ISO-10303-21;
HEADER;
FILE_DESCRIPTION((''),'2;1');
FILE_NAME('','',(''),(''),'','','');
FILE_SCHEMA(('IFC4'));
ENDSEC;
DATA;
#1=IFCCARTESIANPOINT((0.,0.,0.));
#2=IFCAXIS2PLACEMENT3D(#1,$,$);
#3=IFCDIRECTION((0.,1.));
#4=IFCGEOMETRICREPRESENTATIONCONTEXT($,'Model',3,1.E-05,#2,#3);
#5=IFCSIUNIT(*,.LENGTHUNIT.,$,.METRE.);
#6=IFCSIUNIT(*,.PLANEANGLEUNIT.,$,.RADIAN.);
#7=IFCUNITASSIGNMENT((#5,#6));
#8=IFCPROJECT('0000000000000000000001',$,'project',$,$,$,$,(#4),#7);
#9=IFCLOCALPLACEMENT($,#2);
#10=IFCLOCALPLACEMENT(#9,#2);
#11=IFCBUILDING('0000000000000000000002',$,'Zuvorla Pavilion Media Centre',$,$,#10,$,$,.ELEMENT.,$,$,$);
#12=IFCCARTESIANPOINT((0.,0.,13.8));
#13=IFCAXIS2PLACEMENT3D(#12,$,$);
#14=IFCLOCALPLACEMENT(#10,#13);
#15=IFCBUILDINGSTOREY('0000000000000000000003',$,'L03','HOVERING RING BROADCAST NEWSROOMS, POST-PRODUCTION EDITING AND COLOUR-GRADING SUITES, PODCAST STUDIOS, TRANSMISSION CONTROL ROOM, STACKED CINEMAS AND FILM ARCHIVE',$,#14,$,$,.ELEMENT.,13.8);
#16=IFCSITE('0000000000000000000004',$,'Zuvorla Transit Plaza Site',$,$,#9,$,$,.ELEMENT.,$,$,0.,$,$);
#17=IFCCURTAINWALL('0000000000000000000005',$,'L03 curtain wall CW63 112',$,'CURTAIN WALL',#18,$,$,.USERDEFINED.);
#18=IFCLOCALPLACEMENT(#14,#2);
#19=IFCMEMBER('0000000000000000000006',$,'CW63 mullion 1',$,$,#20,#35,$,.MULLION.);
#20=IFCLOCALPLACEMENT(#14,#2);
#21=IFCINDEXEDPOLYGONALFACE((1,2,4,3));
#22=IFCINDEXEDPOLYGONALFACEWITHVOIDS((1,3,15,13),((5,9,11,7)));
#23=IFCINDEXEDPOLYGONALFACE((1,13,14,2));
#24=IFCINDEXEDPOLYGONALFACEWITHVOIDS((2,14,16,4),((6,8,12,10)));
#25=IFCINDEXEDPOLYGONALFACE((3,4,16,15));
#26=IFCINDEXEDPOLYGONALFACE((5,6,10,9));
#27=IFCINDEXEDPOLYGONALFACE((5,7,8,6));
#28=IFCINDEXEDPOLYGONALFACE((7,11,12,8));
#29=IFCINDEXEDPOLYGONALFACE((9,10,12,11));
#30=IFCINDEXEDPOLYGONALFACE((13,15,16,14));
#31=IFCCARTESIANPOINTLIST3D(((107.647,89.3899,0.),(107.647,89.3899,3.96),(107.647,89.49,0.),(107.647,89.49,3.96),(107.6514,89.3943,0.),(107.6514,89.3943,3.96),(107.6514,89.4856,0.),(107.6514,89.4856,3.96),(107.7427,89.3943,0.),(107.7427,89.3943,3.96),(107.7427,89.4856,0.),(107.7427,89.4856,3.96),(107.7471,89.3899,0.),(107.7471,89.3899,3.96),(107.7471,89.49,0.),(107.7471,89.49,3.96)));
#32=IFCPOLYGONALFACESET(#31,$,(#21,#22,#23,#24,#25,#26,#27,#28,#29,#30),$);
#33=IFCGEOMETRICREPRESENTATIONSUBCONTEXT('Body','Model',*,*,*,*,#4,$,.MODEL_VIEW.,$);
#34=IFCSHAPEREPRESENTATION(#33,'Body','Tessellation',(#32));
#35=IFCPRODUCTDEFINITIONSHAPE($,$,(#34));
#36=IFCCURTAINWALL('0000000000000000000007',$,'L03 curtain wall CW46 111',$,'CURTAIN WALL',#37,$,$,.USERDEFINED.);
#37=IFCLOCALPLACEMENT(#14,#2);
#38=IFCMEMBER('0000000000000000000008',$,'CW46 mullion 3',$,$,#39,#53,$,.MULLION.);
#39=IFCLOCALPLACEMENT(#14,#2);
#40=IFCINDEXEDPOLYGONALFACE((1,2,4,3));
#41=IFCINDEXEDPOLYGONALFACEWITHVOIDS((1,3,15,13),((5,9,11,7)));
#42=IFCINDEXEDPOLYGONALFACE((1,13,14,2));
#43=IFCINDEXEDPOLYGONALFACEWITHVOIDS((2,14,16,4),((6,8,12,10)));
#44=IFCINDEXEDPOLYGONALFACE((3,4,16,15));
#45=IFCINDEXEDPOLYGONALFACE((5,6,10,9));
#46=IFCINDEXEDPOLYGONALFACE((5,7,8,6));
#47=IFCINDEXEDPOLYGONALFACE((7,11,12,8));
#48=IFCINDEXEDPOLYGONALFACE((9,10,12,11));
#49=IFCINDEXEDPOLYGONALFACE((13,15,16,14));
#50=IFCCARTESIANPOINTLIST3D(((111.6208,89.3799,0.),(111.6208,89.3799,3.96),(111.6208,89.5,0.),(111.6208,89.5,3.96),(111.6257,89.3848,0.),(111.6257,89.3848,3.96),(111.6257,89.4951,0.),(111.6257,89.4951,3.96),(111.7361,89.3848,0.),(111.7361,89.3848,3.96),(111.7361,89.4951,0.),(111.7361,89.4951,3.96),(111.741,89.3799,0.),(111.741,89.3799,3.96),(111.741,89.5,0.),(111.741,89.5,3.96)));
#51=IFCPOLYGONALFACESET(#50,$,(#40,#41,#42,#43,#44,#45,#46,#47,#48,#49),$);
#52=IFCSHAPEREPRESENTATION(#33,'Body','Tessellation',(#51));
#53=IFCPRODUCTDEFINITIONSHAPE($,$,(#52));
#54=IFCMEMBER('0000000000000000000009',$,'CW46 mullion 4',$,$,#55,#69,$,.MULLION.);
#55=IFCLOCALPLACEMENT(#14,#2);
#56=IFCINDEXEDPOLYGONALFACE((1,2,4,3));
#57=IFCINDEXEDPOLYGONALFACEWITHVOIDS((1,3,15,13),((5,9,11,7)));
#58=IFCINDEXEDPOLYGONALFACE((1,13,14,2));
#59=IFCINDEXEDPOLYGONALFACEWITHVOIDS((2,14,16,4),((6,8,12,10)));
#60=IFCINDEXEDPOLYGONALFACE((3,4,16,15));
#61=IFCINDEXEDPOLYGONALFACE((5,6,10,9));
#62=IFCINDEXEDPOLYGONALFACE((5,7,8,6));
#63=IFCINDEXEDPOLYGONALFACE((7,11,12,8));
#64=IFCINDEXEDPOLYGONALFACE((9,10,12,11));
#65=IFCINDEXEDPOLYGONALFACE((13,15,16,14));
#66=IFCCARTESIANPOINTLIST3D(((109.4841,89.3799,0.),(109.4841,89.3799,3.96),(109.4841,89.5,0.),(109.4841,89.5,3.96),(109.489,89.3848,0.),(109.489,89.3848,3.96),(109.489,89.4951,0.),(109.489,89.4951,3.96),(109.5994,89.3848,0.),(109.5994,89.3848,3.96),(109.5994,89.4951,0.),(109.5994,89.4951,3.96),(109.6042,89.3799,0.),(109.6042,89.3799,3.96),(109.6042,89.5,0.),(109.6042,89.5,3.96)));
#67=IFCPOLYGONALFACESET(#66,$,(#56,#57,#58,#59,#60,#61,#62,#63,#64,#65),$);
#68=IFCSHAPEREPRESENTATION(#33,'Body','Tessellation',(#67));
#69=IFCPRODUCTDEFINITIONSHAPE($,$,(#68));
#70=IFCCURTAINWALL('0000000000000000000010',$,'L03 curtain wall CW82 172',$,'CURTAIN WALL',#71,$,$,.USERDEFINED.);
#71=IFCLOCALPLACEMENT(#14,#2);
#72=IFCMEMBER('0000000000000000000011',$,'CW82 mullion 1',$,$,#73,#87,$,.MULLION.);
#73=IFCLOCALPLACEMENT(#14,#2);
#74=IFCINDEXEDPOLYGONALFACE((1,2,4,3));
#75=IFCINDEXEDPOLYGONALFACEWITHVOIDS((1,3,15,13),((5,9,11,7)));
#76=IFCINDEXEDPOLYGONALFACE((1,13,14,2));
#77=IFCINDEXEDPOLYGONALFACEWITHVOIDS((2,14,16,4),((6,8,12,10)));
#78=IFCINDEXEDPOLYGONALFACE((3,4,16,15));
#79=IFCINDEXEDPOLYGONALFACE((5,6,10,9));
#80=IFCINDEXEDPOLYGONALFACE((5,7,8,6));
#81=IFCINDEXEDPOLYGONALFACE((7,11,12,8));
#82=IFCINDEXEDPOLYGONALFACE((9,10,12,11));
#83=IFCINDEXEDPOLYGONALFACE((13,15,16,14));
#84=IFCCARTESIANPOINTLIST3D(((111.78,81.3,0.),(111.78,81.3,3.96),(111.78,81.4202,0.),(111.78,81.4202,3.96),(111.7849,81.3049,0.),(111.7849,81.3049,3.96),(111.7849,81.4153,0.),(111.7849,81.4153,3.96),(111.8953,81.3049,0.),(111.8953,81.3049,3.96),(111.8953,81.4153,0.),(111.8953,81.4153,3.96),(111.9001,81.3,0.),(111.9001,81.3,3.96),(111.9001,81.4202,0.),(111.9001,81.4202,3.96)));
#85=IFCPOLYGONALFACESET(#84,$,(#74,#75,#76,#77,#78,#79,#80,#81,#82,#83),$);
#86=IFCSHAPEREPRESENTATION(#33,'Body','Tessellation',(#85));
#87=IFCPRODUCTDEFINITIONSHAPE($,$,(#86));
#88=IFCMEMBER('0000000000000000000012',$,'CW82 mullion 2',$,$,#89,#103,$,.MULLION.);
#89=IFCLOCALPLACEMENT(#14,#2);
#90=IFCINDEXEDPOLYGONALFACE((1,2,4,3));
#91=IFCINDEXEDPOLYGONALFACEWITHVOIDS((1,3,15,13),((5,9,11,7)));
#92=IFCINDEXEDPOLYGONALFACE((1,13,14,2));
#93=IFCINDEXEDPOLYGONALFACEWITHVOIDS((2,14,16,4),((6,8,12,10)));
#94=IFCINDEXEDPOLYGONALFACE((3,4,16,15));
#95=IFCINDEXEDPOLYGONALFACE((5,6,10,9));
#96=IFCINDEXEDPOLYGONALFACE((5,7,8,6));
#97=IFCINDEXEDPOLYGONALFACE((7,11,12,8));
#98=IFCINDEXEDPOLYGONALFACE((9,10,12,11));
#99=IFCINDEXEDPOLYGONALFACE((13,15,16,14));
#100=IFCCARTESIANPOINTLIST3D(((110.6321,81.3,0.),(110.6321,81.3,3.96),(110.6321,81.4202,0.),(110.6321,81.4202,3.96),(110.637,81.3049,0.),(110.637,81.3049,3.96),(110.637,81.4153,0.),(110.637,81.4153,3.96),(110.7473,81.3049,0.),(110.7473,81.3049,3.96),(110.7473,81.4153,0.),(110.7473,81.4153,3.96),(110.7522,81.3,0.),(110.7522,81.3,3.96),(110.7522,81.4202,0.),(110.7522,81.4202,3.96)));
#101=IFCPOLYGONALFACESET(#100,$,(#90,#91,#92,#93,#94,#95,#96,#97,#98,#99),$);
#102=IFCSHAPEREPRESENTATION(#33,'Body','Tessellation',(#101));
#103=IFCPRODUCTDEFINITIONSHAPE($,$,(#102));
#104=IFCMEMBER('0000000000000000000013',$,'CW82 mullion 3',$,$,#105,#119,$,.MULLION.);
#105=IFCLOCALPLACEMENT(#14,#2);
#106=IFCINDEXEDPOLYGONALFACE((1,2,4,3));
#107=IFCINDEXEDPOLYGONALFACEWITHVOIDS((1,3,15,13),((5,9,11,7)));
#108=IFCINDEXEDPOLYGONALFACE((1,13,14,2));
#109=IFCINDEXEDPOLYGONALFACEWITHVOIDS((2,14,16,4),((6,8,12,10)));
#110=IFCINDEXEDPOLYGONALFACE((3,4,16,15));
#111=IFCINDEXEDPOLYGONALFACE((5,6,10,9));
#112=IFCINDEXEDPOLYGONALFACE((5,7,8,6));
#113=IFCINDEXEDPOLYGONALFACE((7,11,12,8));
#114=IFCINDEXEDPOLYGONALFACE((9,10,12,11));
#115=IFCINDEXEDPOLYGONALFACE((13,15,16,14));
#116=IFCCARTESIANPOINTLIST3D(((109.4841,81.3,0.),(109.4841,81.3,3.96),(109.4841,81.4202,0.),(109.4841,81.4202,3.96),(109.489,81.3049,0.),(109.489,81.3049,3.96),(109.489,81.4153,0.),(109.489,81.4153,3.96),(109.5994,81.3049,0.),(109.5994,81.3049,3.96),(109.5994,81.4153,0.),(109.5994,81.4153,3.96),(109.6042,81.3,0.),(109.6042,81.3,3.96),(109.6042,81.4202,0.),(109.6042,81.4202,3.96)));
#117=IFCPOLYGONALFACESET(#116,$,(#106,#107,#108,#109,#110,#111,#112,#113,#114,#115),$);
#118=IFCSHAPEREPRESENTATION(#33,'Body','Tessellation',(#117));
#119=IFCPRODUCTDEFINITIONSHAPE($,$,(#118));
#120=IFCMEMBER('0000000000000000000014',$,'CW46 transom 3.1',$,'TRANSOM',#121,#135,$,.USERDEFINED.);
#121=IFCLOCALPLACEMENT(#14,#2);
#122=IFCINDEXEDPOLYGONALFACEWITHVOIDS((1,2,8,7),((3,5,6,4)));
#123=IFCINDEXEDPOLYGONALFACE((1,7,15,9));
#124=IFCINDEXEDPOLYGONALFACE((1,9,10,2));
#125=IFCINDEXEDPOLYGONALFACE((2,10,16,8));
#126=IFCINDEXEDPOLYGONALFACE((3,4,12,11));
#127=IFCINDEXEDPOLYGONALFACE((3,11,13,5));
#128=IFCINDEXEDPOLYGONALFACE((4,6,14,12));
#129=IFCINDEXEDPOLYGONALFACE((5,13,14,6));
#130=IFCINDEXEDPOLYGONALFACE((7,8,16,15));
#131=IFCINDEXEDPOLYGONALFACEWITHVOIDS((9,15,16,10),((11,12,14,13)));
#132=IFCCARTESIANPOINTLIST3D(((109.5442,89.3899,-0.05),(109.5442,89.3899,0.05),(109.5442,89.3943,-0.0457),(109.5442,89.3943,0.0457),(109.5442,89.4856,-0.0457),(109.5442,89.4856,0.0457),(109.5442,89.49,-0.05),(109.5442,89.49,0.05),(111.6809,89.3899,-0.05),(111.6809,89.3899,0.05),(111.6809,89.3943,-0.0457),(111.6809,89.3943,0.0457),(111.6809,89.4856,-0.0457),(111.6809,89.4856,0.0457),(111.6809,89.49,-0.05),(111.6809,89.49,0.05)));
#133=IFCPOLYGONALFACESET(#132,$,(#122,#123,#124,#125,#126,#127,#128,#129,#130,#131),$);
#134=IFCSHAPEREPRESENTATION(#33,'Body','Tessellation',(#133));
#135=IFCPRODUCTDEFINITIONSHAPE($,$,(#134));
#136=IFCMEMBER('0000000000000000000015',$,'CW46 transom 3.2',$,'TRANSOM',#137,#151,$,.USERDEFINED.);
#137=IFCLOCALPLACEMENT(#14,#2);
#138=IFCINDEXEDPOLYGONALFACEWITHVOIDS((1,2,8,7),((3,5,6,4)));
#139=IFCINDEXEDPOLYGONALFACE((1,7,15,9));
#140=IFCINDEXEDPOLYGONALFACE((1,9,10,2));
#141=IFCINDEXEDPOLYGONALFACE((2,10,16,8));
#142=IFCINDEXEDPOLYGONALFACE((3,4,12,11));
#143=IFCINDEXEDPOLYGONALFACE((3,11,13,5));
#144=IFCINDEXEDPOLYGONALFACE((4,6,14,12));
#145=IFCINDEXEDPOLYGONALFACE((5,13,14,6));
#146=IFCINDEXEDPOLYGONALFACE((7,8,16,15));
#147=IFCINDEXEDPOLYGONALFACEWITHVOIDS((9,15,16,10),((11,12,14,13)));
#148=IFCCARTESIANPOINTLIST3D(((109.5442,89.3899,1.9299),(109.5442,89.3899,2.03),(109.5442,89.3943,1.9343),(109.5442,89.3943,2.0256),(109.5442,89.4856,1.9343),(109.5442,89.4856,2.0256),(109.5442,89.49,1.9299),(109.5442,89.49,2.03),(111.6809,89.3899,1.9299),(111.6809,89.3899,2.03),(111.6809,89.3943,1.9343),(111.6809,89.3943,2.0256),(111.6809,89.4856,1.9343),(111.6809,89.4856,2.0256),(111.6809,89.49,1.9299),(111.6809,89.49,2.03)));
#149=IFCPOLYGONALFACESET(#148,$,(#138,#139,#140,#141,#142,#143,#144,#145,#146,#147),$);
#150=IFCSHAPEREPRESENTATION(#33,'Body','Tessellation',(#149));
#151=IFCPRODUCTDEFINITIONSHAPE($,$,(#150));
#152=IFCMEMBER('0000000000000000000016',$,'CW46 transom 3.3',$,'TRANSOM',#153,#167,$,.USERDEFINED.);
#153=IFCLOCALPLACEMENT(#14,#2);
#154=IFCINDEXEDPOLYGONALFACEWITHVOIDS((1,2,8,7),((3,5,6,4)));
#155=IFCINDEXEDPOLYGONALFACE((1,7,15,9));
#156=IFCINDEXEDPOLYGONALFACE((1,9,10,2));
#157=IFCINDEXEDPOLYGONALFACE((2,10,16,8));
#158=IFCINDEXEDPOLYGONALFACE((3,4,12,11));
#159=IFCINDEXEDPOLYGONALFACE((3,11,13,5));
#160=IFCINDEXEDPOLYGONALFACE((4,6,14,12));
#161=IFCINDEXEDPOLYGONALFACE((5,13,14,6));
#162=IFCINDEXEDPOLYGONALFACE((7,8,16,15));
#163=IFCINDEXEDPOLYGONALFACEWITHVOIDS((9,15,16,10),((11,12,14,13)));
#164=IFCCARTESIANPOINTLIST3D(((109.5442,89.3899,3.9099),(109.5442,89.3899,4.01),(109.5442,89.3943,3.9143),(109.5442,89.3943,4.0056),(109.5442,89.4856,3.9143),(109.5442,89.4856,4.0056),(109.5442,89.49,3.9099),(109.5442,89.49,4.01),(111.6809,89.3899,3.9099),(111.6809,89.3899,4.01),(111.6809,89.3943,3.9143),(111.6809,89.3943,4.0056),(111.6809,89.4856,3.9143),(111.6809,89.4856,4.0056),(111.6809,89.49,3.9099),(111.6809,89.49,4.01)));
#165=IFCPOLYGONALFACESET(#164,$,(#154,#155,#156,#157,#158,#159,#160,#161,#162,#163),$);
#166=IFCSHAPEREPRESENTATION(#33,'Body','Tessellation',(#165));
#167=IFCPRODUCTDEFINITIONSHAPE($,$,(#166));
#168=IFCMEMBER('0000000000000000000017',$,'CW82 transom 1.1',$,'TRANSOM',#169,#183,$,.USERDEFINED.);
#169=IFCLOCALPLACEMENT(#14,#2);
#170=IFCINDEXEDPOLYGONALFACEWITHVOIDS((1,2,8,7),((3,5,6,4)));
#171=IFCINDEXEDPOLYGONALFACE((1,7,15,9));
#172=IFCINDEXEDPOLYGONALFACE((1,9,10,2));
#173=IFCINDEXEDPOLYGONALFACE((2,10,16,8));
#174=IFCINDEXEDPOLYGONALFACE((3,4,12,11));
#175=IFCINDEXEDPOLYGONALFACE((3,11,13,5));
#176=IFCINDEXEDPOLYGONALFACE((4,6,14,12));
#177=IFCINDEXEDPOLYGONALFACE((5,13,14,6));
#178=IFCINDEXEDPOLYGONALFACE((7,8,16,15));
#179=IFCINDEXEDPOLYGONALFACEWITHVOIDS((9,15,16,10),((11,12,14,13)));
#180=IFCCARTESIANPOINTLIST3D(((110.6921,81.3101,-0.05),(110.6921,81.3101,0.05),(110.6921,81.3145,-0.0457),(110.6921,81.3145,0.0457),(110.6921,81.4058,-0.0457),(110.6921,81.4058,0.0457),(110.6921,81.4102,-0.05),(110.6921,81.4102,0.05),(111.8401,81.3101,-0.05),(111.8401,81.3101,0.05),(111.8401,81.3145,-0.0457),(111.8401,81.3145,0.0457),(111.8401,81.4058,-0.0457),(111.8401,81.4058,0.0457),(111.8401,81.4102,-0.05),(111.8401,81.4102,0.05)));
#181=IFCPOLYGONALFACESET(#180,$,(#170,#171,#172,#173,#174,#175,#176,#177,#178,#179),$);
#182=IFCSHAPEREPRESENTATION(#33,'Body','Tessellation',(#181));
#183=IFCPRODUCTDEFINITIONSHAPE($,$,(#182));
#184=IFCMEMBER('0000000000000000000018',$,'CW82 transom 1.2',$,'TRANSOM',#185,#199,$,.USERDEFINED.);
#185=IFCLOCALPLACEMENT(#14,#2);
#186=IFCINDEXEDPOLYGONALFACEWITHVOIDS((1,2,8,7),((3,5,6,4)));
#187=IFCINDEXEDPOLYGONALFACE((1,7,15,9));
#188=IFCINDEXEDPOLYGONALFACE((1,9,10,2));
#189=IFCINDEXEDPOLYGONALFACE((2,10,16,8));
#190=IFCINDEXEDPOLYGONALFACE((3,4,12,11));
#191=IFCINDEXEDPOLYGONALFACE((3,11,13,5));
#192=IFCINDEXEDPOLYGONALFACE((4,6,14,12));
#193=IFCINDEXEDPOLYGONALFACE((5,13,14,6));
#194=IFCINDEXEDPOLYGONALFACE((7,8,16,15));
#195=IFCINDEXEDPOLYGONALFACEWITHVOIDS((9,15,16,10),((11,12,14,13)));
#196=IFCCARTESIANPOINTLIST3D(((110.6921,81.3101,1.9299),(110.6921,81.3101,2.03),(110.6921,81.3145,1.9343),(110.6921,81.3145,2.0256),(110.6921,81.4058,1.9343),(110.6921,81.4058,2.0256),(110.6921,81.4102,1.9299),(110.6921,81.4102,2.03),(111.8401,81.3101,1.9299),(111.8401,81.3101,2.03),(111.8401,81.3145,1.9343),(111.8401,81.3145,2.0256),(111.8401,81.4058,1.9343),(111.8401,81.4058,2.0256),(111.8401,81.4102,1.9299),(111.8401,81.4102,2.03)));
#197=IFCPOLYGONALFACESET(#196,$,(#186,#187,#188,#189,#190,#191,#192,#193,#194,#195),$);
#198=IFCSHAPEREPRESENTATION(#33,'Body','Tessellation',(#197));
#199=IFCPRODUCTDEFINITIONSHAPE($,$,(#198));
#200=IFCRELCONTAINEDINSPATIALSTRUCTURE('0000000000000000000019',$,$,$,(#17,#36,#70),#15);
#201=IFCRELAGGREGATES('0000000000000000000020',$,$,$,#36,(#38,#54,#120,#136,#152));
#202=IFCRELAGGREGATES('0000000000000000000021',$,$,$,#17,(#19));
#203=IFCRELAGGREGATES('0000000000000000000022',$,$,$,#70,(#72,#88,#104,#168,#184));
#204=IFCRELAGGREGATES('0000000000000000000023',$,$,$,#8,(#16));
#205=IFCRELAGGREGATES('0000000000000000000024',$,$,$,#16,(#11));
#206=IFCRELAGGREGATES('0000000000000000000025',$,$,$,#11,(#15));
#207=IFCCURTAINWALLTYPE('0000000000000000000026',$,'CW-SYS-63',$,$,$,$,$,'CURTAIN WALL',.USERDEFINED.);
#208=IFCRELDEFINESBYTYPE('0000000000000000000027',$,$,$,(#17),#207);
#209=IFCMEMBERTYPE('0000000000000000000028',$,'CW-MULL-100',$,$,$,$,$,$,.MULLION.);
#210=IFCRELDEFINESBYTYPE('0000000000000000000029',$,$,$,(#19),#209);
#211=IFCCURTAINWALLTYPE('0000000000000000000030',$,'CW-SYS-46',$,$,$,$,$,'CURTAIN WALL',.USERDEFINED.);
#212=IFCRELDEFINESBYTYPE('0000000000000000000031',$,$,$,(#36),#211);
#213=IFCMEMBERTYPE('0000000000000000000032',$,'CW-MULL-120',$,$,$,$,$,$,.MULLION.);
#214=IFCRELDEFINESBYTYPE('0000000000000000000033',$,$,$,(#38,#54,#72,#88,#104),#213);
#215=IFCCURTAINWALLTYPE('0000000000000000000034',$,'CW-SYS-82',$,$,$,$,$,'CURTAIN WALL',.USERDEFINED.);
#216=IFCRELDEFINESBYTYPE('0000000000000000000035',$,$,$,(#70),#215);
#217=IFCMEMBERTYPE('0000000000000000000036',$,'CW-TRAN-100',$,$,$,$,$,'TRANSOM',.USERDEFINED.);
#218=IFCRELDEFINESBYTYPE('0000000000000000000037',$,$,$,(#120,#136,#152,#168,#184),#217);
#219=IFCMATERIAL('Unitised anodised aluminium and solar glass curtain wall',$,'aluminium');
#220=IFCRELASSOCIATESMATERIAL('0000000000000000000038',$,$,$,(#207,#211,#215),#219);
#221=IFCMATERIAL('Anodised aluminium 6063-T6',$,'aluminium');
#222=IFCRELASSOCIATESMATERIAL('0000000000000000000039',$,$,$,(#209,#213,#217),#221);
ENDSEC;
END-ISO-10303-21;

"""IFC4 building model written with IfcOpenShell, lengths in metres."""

from ifc_helpers import new_model, si_unit, direction, frame, origin, origin_2d, place, context, subcontext, project, spatial, hollow_rectangle, extrude, material, material_profile, profile_set, type_object, element, aggregate, save


model = new_model("IFC4")

# Units and contexts
model_context = context("Model", 3, precision=1e-05, world=origin(), true_north=direction((0.0, 1.0)))
body_context = subcontext(model_context, "Body", "Model", "MODEL_VIEW")
ifc_project = project(units=[si_unit("LENGTHUNIT", "METRE"), si_unit("PLANEANGLEUNIT", "RADIAN")], contexts=[model_context])

# Site, building, storey
site_placement = place(None, origin())
site = spatial("IfcSite", under=ifc_project, at=site_placement, Name="Zuvorla Transit Plaza Site", CompositionType="ELEMENT", RefElevation=0.0)
building_placement = place(site_placement, origin())
building = spatial("IfcBuilding", under=site, at=building_placement, Name="Zuvorla Pavilion Media Centre", CompositionType="ELEMENT")
storey_placement = place(building_placement, frame((0.0, 0.0, 13.8)))
storey = spatial("IfcBuildingStorey", under=building, at=storey_placement, Name="L03", Description="HOVERING RING BROADCAST NEWSROOMS, POST-PRODUCTION EDITING AND COLOUR-GRADING SUITES, PODCAST STUDIOS, TRANSMISSION CONTROL ROOM, STACKED CINEMAS AND FILM ARCHIVE", CompositionType="ELEMENT", Elevation=13.8)

# Curtain wall, member
ifc_material_1 = material(Name="Unitised anodised aluminium and solar glass curtain wall", Category="aluminium")
curtain_wall_type_1 = type_object("IfcCurtainWallType", Name="CW-SYS-63", ElementType="CURTAIN WALL", PredefinedType="USERDEFINED", material=ifc_material_1)
curtain_wall_1_placement = place(storey_placement, origin())
curtain_wall_1 = element("IfcCurtainWall", 1, at=curtain_wall_1_placement, inside=storey, type_object=curtain_wall_type_1, Name="L03 curtain wall CW63 112", ObjectType="CURTAIN WALL", PredefinedType="USERDEFINED")
ifc_material_2 = material(Name="Anodised aluminium 6063-T6", Category="aluminium")
ifc_material_profile_1 = material_profile(ifc_material_2, hollow_rectangle(XDim=0.1001, YDim=0.1001, WallThickness=0.0044, at=origin_2d()), Name="ALU MULL 100x100")
ifc_profile_set_1 = profile_set([ifc_material_profile_1], Name="Anodised aluminium 6063-T6")
member_type_1 = type_object("IfcMemberType", Name="CW-MULL-100", PredefinedType="MULLION", material=ifc_profile_set_1)
member_1_placement = place(storey_placement, frame((107.697, 89.4399, 0.0), z_axis=(0.0, 0.0, 1.0), x_axis=(1.0, 0.0, 0.0)))
member_1 = element("IfcMember", 2, at=member_1_placement, type_object=member_type_1, Name="CW63 mullion 1", PredefinedType="MULLION", context=body_context, shape_type="SweptSolid", body=[
    extrude(hollow_rectangle(XDim=0.1001, YDim=0.1001, WallThickness=0.0044, at=origin_2d()), origin(), (0.0, 0.0, 1.0), 3.96),
])

# Curtain walls, members
curtain_wall_type_2 = type_object("IfcCurtainWallType", Name="CW-SYS-46", ElementType="CURTAIN WALL", PredefinedType="USERDEFINED", material=ifc_material_1)
curtain_wall_2_placement = place(storey_placement, origin())
curtain_wall_2 = element("IfcCurtainWall", 3, at=curtain_wall_2_placement, inside=storey, type_object=curtain_wall_type_2, Name="L03 curtain wall CW46 111", ObjectType="CURTAIN WALL", PredefinedType="USERDEFINED")
ifc_material_profile_2 = material_profile(ifc_material_2, hollow_rectangle(XDim=0.1201, YDim=0.1201, WallThickness=0.0049, at=origin_2d()), Name="ALU MULL 120x120")
ifc_profile_set_2 = profile_set([ifc_material_profile_2], Name="Anodised aluminium 6063-T6")
member_type_2 = type_object("IfcMemberType", Name="CW-MULL-120", PredefinedType="MULLION", material=ifc_profile_set_2)
member_2_placement = place(storey_placement, frame((111.6809, 89.4399, 0.0), z_axis=(0.0, 0.0, 1.0), x_axis=(1.0, 0.0, 0.0)))
member_2 = element("IfcMember", 4, at=member_2_placement, type_object=member_type_2, Name="CW46 mullion 3", PredefinedType="MULLION", context=body_context, shape_type="SweptSolid", body=[
    extrude(hollow_rectangle(XDim=0.1201, YDim=0.1201, WallThickness=0.0049, at=origin_2d()), origin(), (0.0, 0.0, 1.0), 3.96),
])
member_3_placement = place(storey_placement, frame((109.5442, 89.4399, 0.0), z_axis=(0.0, 0.0, 1.0), x_axis=(1.0, 0.0, 0.0)))
member_3 = element("IfcMember", 5, at=member_3_placement, type_object=member_type_2, Name="CW46 mullion 4", PredefinedType="MULLION", context=body_context, shape_type="SweptSolid", body=[
    extrude(hollow_rectangle(XDim=0.1201, YDim=0.1201, WallThickness=0.0049, at=origin_2d()), origin(), (0.0, 0.0, 1.0), 3.96),
])
curtain_wall_type_3 = type_object("IfcCurtainWallType", Name="CW-SYS-82", ElementType="CURTAIN WALL", PredefinedType="USERDEFINED", material=ifc_material_1)
curtain_wall_3_placement = place(storey_placement, origin())
curtain_wall_3 = element("IfcCurtainWall", 6, at=curtain_wall_3_placement, inside=storey, type_object=curtain_wall_type_3, Name="L03 curtain wall CW82 172", ObjectType="CURTAIN WALL", PredefinedType="USERDEFINED")
member_4_placement = place(storey_placement, frame((111.8401, 81.3601, 0.0), z_axis=(0.0, 0.0, 1.0), x_axis=(1.0, 0.0, 0.0)))
member_4 = element("IfcMember", 7, at=member_4_placement, type_object=member_type_2, Name="CW82 mullion 1", PredefinedType="MULLION", context=body_context, shape_type="SweptSolid", body=[
    extrude(hollow_rectangle(XDim=0.1201, YDim=0.1201, WallThickness=0.0049, at=origin_2d()), origin(), (0.0, 0.0, 1.0), 3.96),
])
member_5_placement = place(storey_placement, frame((110.6921, 81.3601, 0.0), z_axis=(0.0, 0.0, 1.0), x_axis=(1.0, 0.0, 0.0)))
member_5 = element("IfcMember", 8, at=member_5_placement, type_object=member_type_2, Name="CW82 mullion 2", PredefinedType="MULLION", context=body_context, shape_type="SweptSolid", body=[
    extrude(hollow_rectangle(XDim=0.1201, YDim=0.1201, WallThickness=0.0049, at=origin_2d()), origin(), (0.0, 0.0, 1.0), 3.96),
])
member_6_placement = place(storey_placement, frame((109.5442, 81.3601, 0.0), z_axis=(0.0, 0.0, 1.0), x_axis=(1.0, 0.0, 0.0)))
member_6 = element("IfcMember", 9, at=member_6_placement, type_object=member_type_2, Name="CW82 mullion 3", PredefinedType="MULLION", context=body_context, shape_type="SweptSolid", body=[
    extrude(hollow_rectangle(XDim=0.1201, YDim=0.1201, WallThickness=0.0049, at=origin_2d()), origin(), (0.0, 0.0, 1.0), 3.96),
])

# Members
ifc_material_profile_3 = material_profile(ifc_material_2, hollow_rectangle(XDim=0.1001, YDim=0.1001, WallThickness=0.0044, at=origin_2d()), Name="ALU TRAN 100x100")
ifc_profile_set_3 = profile_set([ifc_material_profile_3], Name="Anodised aluminium 6063-T6")
member_type_3 = type_object("IfcMemberType", Name="CW-TRAN-100", ElementType="TRANSOM", PredefinedType="USERDEFINED", material=ifc_profile_set_3)
member_7_placement = place(storey_placement, frame((111.6809, 89.4399, 0.0), z_axis=(-1.0, 0.0, 0.0), x_axis=(0.0, -1.0, 0.0)))
member_7 = element("IfcMember", 10, at=member_7_placement, type_object=member_type_3, Name="CW46 transom 3.1", ObjectType="TRANSOM", PredefinedType="USERDEFINED", context=body_context, shape_type="SweptSolid", body=[
    extrude(hollow_rectangle(XDim=0.1001, YDim=0.1001, WallThickness=0.0044, at=origin_2d()), origin(), (0.0, 0.0, 1.0), 2.1367),
])
member_8_placement = place(storey_placement, frame((111.6809, 89.4399, 1.98), z_axis=(-1.0, 0.0, 0.0), x_axis=(0.0, -1.0, 0.0)))
member_8 = element("IfcMember", 11, at=member_8_placement, type_object=member_type_3, Name="CW46 transom 3.2", ObjectType="TRANSOM", PredefinedType="USERDEFINED", context=body_context, shape_type="SweptSolid", body=[
    extrude(hollow_rectangle(XDim=0.1001, YDim=0.1001, WallThickness=0.0044, at=origin_2d()), origin(), (0.0, 0.0, 1.0), 2.1367),
])
member_9_placement = place(storey_placement, frame((111.6809, 89.4399, 3.96), z_axis=(-1.0, 0.0, 0.0), x_axis=(0.0, -1.0, 0.0)))
member_9 = element("IfcMember", 12, at=member_9_placement, type_object=member_type_3, Name="CW46 transom 3.3", ObjectType="TRANSOM", PredefinedType="USERDEFINED", context=body_context, shape_type="SweptSolid", body=[
    extrude(hollow_rectangle(XDim=0.1001, YDim=0.1001, WallThickness=0.0044, at=origin_2d()), origin(), (0.0, 0.0, 1.0), 2.1367),
])
member_10_placement = place(storey_placement, frame((111.8401, 81.3601, 0.0), z_axis=(-1.0, 0.0, 0.0), x_axis=(0.0, -1.0, 0.0)))
member_10 = element("IfcMember", 13, at=member_10_placement, type_object=member_type_3, Name="CW82 transom 1.1", ObjectType="TRANSOM", PredefinedType="USERDEFINED", context=body_context, shape_type="SweptSolid", body=[
    extrude(hollow_rectangle(XDim=0.1001, YDim=0.1001, WallThickness=0.0044, at=origin_2d()), origin(), (0.0, 0.0, 1.0), 1.1479),
])
member_11_placement = place(storey_placement, frame((111.8401, 81.3601, 1.98), z_axis=(-1.0, 0.0, 0.0), x_axis=(0.0, -1.0, 0.0)))
member_11 = element("IfcMember", 14, at=member_11_placement, type_object=member_type_3, Name="CW82 transom 1.2", ObjectType="TRANSOM", PredefinedType="USERDEFINED", context=body_context, shape_type="SweptSolid", body=[
    extrude(hollow_rectangle(XDim=0.1001, YDim=0.1001, WallThickness=0.0044, at=origin_2d()), origin(), (0.0, 0.0, 1.0), 1.1479),
])

aggregate(curtain_wall_2, [member_2, member_3, member_7, member_8, member_9])
aggregate(curtain_wall_1, [member_1])
aggregate(curtain_wall_3, [member_4, member_5, member_6, member_10, member_11])

save(model, "model.ifc")
